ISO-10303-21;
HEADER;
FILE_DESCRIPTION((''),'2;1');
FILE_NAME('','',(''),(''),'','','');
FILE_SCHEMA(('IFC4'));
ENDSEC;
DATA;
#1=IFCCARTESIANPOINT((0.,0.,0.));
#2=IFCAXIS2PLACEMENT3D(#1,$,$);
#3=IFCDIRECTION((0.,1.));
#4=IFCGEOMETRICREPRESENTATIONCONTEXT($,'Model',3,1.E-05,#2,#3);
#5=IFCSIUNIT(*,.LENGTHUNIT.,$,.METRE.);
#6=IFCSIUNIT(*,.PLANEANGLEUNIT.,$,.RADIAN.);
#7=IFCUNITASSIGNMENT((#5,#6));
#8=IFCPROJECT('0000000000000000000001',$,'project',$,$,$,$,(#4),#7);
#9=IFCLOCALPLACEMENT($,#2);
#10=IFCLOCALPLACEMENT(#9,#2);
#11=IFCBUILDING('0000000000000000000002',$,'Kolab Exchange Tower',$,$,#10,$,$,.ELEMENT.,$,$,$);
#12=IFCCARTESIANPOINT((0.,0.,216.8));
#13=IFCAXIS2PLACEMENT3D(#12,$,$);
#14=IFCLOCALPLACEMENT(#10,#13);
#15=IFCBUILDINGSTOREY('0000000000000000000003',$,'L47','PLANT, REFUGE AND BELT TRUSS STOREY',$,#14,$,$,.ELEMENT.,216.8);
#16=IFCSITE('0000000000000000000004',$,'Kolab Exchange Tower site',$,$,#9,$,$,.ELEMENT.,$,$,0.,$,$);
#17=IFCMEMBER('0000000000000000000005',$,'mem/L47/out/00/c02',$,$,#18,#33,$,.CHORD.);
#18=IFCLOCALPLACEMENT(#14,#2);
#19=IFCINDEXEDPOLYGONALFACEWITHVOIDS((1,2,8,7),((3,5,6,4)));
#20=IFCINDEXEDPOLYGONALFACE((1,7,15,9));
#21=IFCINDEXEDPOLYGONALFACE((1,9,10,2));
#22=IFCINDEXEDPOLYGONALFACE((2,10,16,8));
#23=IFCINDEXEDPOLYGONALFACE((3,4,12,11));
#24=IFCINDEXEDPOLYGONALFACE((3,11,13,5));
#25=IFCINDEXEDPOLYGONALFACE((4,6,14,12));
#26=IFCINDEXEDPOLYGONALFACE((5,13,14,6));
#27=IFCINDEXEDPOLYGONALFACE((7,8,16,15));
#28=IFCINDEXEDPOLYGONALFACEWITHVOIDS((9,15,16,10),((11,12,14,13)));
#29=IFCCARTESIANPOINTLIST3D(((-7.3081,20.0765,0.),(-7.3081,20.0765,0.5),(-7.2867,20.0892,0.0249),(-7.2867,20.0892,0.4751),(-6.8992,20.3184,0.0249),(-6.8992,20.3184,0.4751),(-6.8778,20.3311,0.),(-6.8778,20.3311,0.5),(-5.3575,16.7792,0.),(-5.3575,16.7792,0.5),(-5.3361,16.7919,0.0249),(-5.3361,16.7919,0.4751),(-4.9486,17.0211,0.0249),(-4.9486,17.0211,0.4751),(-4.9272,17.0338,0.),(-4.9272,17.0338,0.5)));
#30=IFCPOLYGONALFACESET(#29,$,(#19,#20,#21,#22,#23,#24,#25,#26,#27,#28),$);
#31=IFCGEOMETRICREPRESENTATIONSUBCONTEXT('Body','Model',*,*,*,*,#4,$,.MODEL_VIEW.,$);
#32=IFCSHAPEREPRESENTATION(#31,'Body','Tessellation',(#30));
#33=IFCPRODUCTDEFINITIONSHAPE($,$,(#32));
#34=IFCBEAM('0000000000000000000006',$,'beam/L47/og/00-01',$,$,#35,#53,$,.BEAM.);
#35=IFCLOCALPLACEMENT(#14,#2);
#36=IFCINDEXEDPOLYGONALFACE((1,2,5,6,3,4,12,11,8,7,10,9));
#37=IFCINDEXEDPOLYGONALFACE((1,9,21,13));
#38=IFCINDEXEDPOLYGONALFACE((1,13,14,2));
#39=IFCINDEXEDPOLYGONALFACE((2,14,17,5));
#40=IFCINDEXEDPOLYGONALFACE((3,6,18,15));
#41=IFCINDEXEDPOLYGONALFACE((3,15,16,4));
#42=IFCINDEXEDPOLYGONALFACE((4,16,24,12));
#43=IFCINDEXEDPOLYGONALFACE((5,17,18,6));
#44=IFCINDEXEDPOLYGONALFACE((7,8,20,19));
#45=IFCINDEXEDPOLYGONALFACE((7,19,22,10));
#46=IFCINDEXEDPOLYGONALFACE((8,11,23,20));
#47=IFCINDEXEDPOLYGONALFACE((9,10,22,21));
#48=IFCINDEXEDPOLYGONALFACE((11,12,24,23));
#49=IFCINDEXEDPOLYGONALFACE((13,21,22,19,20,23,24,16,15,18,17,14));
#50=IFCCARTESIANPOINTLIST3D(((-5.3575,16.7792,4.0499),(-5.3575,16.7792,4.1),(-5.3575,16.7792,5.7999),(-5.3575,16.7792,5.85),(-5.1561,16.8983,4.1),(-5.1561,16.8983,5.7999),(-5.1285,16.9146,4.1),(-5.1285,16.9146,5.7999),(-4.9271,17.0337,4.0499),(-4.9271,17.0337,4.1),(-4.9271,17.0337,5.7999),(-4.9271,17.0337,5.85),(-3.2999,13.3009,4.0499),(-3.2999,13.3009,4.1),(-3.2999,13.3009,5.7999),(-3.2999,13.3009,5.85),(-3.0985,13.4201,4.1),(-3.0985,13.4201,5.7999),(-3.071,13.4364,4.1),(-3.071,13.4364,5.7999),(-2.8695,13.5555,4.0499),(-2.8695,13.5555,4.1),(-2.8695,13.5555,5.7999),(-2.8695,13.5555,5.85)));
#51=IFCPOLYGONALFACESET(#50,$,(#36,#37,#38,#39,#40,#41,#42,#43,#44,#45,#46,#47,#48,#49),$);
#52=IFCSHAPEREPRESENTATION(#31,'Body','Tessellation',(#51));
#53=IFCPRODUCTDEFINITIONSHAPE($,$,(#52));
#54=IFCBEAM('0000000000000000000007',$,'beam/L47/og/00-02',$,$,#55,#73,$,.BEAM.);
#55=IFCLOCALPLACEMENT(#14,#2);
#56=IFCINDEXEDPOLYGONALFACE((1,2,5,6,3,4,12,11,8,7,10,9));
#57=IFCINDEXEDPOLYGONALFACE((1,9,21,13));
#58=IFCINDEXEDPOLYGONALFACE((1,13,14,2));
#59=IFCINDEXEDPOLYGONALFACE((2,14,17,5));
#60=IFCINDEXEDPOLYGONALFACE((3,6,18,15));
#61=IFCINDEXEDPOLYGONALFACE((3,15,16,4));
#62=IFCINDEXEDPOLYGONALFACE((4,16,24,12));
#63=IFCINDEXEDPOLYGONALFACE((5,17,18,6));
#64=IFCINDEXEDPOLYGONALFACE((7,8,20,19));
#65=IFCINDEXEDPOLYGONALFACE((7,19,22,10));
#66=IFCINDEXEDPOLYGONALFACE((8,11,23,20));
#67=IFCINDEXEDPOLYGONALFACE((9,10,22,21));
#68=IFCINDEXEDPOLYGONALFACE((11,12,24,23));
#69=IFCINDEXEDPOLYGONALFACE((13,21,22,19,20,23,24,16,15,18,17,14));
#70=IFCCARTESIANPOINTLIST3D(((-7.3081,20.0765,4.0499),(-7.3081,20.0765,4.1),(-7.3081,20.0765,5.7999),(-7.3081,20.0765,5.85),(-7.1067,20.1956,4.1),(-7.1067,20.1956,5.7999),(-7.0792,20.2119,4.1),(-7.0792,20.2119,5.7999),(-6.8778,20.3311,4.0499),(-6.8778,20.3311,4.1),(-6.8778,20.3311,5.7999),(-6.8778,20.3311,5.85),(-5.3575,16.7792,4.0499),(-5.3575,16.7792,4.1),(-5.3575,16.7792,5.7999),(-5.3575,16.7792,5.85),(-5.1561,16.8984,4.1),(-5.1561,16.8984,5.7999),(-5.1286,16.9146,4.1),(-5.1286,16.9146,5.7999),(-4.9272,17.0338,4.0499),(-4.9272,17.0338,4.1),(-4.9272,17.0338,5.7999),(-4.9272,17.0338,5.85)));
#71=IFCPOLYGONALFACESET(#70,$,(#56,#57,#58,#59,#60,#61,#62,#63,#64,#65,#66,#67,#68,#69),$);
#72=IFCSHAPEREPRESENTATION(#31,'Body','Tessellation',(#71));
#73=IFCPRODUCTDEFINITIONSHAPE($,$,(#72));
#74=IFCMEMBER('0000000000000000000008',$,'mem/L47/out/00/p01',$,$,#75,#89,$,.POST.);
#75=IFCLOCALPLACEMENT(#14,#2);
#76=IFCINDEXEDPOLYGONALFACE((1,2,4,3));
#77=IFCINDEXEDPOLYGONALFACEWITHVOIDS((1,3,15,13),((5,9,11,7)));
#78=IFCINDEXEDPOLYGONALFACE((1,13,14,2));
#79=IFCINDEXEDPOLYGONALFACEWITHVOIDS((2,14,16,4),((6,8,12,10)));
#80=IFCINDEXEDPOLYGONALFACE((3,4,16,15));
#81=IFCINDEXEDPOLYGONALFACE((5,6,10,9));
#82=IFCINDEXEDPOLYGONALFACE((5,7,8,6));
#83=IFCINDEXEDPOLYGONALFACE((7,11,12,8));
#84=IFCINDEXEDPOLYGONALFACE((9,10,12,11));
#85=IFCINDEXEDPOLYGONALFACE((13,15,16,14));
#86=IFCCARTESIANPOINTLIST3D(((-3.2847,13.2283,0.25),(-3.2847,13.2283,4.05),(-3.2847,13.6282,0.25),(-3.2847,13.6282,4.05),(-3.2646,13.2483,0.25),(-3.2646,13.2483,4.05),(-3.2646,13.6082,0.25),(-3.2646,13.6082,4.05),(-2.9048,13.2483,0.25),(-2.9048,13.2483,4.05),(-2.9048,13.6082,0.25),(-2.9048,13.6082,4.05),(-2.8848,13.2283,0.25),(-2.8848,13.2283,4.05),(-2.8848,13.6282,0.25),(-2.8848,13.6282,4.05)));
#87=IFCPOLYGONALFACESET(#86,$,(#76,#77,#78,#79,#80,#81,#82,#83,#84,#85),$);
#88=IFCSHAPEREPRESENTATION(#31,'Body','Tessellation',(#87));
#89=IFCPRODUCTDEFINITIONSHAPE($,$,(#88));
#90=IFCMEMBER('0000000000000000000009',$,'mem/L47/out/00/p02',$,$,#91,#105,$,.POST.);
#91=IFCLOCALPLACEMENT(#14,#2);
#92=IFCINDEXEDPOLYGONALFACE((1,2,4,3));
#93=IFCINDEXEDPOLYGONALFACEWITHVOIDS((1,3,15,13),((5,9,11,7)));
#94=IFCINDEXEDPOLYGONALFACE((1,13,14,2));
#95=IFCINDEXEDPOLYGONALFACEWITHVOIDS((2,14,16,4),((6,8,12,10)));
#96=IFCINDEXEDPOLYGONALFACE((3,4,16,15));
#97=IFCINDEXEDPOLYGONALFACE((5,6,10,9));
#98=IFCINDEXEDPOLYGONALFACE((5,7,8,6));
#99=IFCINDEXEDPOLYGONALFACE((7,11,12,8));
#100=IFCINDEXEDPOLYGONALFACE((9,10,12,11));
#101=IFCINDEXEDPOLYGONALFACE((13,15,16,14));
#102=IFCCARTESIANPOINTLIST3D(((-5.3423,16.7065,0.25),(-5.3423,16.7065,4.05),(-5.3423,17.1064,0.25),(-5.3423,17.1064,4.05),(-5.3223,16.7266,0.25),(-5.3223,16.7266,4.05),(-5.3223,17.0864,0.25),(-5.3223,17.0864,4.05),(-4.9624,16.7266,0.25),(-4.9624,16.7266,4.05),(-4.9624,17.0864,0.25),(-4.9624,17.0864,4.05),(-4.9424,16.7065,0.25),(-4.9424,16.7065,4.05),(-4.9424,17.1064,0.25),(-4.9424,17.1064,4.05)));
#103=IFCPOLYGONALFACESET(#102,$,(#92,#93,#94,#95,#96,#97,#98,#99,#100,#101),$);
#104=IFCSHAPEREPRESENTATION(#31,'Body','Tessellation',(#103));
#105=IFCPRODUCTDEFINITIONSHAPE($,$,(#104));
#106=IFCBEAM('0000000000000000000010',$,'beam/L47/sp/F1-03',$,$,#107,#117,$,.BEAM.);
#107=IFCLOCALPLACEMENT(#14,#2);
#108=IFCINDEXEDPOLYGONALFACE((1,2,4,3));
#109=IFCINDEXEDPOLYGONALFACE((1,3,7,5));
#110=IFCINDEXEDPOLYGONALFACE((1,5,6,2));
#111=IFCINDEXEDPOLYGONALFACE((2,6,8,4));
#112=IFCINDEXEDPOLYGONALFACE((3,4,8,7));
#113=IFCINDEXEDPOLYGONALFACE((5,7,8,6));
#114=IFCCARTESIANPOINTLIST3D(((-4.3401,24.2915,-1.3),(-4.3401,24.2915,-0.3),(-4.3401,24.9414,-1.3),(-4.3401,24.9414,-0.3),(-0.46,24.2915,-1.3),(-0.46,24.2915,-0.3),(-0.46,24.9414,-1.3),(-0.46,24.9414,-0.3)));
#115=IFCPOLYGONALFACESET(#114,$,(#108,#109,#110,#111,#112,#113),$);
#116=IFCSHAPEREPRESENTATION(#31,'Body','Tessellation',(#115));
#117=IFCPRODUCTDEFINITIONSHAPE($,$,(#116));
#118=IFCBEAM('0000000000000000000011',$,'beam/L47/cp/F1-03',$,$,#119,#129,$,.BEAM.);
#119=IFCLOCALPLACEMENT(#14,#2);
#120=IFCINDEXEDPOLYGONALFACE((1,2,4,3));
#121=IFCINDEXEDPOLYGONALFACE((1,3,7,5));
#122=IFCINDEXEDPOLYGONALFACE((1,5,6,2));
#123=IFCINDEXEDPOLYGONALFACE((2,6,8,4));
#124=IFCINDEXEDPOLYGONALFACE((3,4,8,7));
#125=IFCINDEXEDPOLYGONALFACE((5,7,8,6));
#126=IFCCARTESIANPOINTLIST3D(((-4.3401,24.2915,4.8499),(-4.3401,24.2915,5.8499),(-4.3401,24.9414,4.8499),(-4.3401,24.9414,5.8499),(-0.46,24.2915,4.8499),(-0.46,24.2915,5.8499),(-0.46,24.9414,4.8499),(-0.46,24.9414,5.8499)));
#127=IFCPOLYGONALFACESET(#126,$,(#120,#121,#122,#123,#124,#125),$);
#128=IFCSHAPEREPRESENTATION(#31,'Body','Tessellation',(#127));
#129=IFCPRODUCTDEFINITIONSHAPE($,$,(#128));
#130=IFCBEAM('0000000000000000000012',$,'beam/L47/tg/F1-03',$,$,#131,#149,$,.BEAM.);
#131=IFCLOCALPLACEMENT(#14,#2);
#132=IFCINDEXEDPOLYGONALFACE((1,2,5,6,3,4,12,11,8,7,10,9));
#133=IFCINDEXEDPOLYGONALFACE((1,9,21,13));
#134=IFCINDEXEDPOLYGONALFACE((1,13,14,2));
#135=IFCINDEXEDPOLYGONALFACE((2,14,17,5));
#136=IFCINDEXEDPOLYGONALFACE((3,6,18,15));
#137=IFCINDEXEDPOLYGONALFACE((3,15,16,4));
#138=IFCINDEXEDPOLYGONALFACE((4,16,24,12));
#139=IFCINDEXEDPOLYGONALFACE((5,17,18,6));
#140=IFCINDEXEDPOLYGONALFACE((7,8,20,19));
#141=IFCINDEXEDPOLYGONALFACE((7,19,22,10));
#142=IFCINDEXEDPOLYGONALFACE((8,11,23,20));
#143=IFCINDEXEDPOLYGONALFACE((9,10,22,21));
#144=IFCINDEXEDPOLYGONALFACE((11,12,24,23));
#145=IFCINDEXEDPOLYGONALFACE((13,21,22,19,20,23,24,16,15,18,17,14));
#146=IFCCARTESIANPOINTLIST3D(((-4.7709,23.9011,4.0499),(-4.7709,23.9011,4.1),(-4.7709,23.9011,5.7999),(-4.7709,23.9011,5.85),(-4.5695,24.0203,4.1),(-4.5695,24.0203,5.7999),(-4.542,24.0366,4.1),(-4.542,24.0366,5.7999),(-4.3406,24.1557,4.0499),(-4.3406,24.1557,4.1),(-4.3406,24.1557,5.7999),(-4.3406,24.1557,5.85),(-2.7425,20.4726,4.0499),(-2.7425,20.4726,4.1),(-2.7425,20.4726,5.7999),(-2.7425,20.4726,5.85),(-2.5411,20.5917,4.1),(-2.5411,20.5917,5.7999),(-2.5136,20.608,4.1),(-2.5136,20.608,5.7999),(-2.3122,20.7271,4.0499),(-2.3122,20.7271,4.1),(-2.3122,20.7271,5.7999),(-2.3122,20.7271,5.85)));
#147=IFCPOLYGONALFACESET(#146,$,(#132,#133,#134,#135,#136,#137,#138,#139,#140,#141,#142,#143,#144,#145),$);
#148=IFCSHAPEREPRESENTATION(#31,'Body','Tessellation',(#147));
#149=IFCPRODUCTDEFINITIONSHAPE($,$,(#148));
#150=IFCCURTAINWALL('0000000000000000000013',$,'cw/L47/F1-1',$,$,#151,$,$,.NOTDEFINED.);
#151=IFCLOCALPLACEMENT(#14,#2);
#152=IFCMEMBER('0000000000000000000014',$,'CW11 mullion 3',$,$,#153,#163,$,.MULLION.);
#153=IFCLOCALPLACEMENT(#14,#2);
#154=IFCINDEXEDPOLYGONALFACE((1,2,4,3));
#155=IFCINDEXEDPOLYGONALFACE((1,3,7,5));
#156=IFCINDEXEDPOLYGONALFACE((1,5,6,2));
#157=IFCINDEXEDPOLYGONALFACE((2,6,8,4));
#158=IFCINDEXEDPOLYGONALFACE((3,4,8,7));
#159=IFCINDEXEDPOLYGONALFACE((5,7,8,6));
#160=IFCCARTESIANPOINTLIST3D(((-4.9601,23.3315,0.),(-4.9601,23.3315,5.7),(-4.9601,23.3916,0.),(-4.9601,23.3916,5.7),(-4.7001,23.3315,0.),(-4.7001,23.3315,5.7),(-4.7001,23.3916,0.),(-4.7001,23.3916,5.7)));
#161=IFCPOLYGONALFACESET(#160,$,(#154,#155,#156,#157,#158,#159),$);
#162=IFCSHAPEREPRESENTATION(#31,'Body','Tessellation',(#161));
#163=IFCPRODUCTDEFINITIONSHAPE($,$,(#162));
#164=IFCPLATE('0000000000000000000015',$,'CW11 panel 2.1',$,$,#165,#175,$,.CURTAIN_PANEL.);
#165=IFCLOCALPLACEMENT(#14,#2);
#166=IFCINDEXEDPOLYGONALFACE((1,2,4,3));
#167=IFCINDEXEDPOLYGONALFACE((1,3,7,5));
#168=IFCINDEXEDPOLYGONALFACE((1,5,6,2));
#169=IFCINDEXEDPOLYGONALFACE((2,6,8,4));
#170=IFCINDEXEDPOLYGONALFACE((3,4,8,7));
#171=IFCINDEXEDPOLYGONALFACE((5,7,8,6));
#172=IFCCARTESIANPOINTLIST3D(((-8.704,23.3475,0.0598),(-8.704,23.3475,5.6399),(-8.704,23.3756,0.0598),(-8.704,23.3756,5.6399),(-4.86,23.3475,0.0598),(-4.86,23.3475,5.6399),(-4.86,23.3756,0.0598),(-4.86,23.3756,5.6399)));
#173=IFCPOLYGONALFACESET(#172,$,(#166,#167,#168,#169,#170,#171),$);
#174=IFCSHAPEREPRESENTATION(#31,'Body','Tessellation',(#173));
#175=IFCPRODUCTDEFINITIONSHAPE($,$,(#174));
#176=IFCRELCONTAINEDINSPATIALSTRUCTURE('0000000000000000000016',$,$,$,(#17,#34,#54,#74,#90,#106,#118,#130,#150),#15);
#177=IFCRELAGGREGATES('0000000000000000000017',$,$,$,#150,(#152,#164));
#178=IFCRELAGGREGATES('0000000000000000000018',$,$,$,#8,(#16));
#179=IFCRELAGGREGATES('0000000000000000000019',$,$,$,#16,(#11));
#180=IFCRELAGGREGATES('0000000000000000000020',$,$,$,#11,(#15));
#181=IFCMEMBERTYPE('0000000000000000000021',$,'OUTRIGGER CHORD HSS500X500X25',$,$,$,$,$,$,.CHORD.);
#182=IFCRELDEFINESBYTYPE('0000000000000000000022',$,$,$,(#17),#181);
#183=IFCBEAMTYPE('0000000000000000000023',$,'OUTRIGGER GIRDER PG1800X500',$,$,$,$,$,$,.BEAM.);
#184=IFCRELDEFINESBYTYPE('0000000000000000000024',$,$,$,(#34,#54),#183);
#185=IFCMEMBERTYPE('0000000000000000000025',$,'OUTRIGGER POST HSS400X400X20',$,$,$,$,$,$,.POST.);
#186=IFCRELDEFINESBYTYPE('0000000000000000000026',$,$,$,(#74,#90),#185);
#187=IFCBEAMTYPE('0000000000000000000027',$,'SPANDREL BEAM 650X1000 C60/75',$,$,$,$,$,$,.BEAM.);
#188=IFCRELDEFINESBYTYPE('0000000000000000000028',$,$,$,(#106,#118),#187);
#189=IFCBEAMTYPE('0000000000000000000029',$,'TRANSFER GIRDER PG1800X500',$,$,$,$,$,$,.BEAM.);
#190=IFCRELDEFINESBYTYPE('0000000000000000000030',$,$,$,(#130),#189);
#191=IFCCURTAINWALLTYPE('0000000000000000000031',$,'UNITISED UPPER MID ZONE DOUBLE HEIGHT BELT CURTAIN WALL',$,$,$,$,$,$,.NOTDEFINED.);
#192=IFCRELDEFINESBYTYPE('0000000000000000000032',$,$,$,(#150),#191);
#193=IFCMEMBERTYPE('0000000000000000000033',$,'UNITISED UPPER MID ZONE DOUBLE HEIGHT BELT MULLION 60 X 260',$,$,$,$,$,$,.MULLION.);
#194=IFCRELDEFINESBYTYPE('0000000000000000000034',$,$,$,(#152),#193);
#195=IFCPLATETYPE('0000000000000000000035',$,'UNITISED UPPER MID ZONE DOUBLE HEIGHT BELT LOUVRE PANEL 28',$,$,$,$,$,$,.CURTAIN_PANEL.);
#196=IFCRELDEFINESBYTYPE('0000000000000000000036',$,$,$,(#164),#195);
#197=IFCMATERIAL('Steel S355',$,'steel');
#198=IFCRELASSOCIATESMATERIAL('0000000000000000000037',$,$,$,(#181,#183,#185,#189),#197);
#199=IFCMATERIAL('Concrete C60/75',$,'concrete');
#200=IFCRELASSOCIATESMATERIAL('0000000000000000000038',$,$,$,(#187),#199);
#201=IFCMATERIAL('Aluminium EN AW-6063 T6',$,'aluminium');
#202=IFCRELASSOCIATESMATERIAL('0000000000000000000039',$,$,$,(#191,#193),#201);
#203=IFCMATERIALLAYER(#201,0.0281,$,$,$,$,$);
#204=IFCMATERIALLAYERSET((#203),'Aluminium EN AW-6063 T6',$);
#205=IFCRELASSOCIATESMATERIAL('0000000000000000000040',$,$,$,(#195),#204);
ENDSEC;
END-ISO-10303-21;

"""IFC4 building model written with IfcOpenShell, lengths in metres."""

from ifc_helpers import new_model, si_unit, direction, frame, origin, origin_2d, place, context, subcontext, project, spatial, rectangle, hollow_rectangle, i_section, extrude, material, layer, layer_set, material_profile, profile_set, type_object, element, aggregate, save


model = new_model("IFC4")

# Units and contexts
model_context = context("Model", 3, precision=1e-05, world=origin(), true_north=direction((0.0, 1.0)))
body_context = subcontext(model_context, "Body", "Model", "MODEL_VIEW")
ifc_project = project(units=[si_unit("LENGTHUNIT", "METRE"), si_unit("PLANEANGLEUNIT", "RADIAN")], contexts=[model_context])

# Site, building, storey
site_placement = place(None, origin())
site = spatial("IfcSite", under=ifc_project, at=site_placement, Name="Kolab Exchange Tower site", CompositionType="ELEMENT", RefElevation=0.0)
building_placement = place(site_placement, origin())
building = spatial("IfcBuilding", under=site, at=building_placement, Name="Kolab Exchange Tower", CompositionType="ELEMENT")
storey_placement = place(building_placement, frame((0.0, 0.0, 216.8)))
storey = spatial("IfcBuildingStorey", under=building, at=storey_placement, Name="L47", Description="PLANT, REFUGE AND BELT TRUSS STOREY", CompositionType="ELEMENT", Elevation=216.8)

# Shared definitions
ifc_material_1 = material(Name="Concrete C60/75", Category="concrete")

# Shared definitions
ifc_material_2 = material(Name="Steel S355", Category="steel")

# Member
ifc_material_profile_1 = material_profile(ifc_material_2, hollow_rectangle(XDim=0.5, YDim=0.5, WallThickness=0.0249, at=origin_2d()), Name="HSS500X500X25")
ifc_profile_set_1 = profile_set([ifc_material_profile_1], Name="Steel S355")
member_type_1 = type_object("IfcMemberType", Name="OUTRIGGER CHORD HSS500X500X25", PredefinedType="CHORD", material=ifc_profile_set_1)
member_1_placement = place(storey_placement, frame((-5.1423, 16.9065, 0.25), z_axis=(-0.509163, 0.86067, 0.0), x_axis=(-0.86067, -0.509163, 0.0)))
element("IfcMember", 1, at=member_1_placement, inside=storey, type_object=member_type_1, Name="mem/L47/out/00/c02", PredefinedType="CHORD", context=body_context, shape_type="SweptSolid", body=[
    extrude(hollow_rectangle(XDim=0.5, YDim=0.5, WallThickness=0.0249, at=origin_2d()), origin(), (0.0, 0.0, 1.0), 3.8311),
])

# Beams
ifc_material_profile_2 = material_profile(ifc_material_2, i_section(OverallWidth=0.5, OverallDepth=1.8, WebThickness=0.032, FlangeThickness=0.05, at=origin_2d()), Name="PG1800X500")
ifc_profile_set_2 = profile_set([ifc_material_profile_2], Name="Steel S355")
beam_type_1 = type_object("IfcBeamType", Name="OUTRIGGER GIRDER PG1800X500", PredefinedType="BEAM", material=ifc_profile_set_2)
beam_1_placement = place(storey_placement, frame((-3.0847, 13.4282, 4.95), z_axis=(-0.509146, 0.86068, 0.0), x_axis=(-0.86068, -0.509146, 0.0)))
element("IfcBeam", 2, at=beam_1_placement, inside=storey, type_object=beam_type_1, Name="beam/L47/og/00-01", PredefinedType="BEAM", context=body_context, shape_type="SweptSolid", body=[
    extrude(i_section(OverallWidth=0.5, OverallDepth=1.8, WebThickness=0.032, FlangeThickness=0.05, at=origin_2d()), origin(), (0.0, 0.0, 1.0), 4.0413),
])
beam_2_placement = place(storey_placement, frame((-5.1423, 16.9065, 4.95), z_axis=(-0.509163, 0.86067, 0.0), x_axis=(-0.86067, -0.509163, 0.0)))
element("IfcBeam", 3, at=beam_2_placement, inside=storey, type_object=beam_type_1, Name="beam/L47/og/00-02", PredefinedType="BEAM", context=body_context, shape_type="SweptSolid", body=[
    extrude(i_section(OverallWidth=0.5, OverallDepth=1.8, WebThickness=0.032, FlangeThickness=0.05, at=origin_2d()), origin(), (0.0, 0.0, 1.0), 3.8311),
])

# Members
ifc_material_profile_3 = material_profile(ifc_material_2, hollow_rectangle(XDim=0.3999, YDim=0.3999, WallThickness=0.02, at=origin_2d()), Name="HSS400X400X20")
ifc_profile_set_3 = profile_set([ifc_material_profile_3], Name="Steel S355")
member_type_2 = type_object("IfcMemberType", Name="OUTRIGGER POST HSS400X400X20", PredefinedType="POST", material=ifc_profile_set_3)
for number, where, z_axis, x_axis, name in (
    (4, (-3.0847, 13.4282, 0.25), (0.0, 0.0, 1.0), (1.0, 0.0, 0.0), "mem/L47/out/00/p01"),
    (5, (-5.1423, 16.9065, 0.25), (0.0, 0.0, 1.0), (1.0, 0.0, 0.0), "mem/L47/out/00/p02"),
):
    element("IfcMember", number, at=place(storey_placement, frame(where, z_axis=z_axis, x_axis=x_axis)), inside=storey, type_object=member_type_2, Name=name, PredefinedType="POST", context=body_context, shape_type="SweptSolid", body=[
        extrude(hollow_rectangle(XDim=0.3999, YDim=0.3999, WallThickness=0.02, at=origin_2d()), origin(), (0.0, 0.0, 1.0), 3.8),
    ])

# Beams
ifc_material_profile_4 = material_profile(ifc_material_1, rectangle(XDim=0.6499, YDim=1.0, at=origin_2d()), Name="RC650X1000")
ifc_profile_set_4 = profile_set([ifc_material_profile_4], Name="Concrete C60/75")
beam_type_2 = type_object("IfcBeamType", Name="SPANDREL BEAM 650X1000 C60/75", PredefinedType="BEAM", material=ifc_profile_set_4)
for number, where, z_axis, x_axis, name in (
    (6, (-4.3401, 24.6165, -0.8), (1.0, 0.0, 0.0), (0.0, 1.0, 0.0), "beam/L47/sp/F1-03"),
    (7, (-4.3401, 24.6165, 5.3499), (1.0, 0.0, 0.0), (0.0, 1.0, 0.0), "beam/L47/cp/F1-03"),
):
    element("IfcBeam", number, at=place(storey_placement, frame(where, z_axis=z_axis, x_axis=x_axis)), inside=storey, type_object=beam_type_2, Name=name, PredefinedType="BEAM", context=body_context, shape_type="SweptSolid", body=[
        extrude(rectangle(XDim=0.6499, YDim=1.0, at=origin_2d()), origin(), (0.0, 0.0, 1.0), 3.8801),
    ])
ifc_material_profile_5 = material_profile(ifc_material_2, i_section(OverallWidth=0.5, OverallDepth=1.8, WebThickness=0.032, FlangeThickness=0.05, at=origin_2d()), Name="PG1800X500")
ifc_profile_set_5 = profile_set([ifc_material_profile_5], Name="Steel S355")
beam_type_3 = type_object("IfcBeamType", Name="TRANSFER GIRDER PG1800X500", PredefinedType="BEAM", material=ifc_profile_set_5)
beam_3_placement = place(storey_placement, frame((-2.5273, 20.5999, 4.95), z_axis=(-0.509177, 0.860662, 0.0), x_axis=(-0.860662, -0.509177, 0.0)))
element("IfcBeam", 8, at=beam_3_placement, inside=storey, type_object=beam_type_3, Name="beam/L47/tg/F1-03", PredefinedType="BEAM", context=body_context, shape_type="SweptSolid", body=[
    extrude(i_section(OverallWidth=0.5, OverallDepth=1.8, WebThickness=0.032, FlangeThickness=0.05, at=origin_2d()), origin(), (0.0, 0.0, 1.0), 3.9836),
])

# Curtain wall, member, plate
ifc_material_3 = material(Name="Aluminium EN AW-6063 T6", Category="aluminium")
curtain_wall_type = type_object("IfcCurtainWallType", Name="UNITISED UPPER MID ZONE DOUBLE HEIGHT BELT CURTAIN WALL", PredefinedType="NOTDEFINED", material=ifc_material_3)
curtain_wall_placement = place(storey_placement, origin())
curtain_wall = element("IfcCurtainWall", 9, at=curtain_wall_placement, inside=storey, type_object=curtain_wall_type, Name="cw/L47/F1-1", PredefinedType="NOTDEFINED")
ifc_material_profile_6 = material_profile(ifc_material_3, rectangle(XDim=0.0601, YDim=0.26, at=origin_2d()), Name="RECT 60X260")
ifc_profile_set_6 = profile_set([ifc_material_profile_6], Name="Aluminium EN AW-6063 T6")
member_type_3 = type_object("IfcMemberType", Name="UNITISED UPPER MID ZONE DOUBLE HEIGHT BELT MULLION 60 X 260", PredefinedType="MULLION", material=ifc_profile_set_6)
member_2_placement = place(storey_placement, frame((-4.8301, 23.3616, 0.0), z_axis=(0.0, 0.0, 1.0), x_axis=(0.0, 1.0, 0.0)))
member_2 = element("IfcMember", 10, at=member_2_placement, type_object=member_type_3, Name="CW11 mullion 3", PredefinedType="MULLION", context=body_context, shape_type="SweptSolid", body=[
    extrude(rectangle(XDim=0.0601, YDim=0.26, at=origin_2d()), origin(), (0.0, 0.0, 1.0), 5.7),
])
ifc_layer_1 = layer(ifc_material_3, 0.0281)
ifc_layer_set_1 = layer_set([ifc_layer_1], Name="Aluminium EN AW-6063 T6")
plate_type = type_object("IfcPlateType", Name="UNITISED UPPER MID ZONE DOUBLE HEIGHT BELT LOUVRE PANEL 28", PredefinedType="CURTAIN_PANEL", material=ifc_layer_set_1)
plate_placement = place(storey_placement, frame((-6.782, 23.3616, 0.0598), z_axis=(0.0, 0.0, 1.0), x_axis=(1.0, 0.0, 0.0)))
plate = element("IfcPlate", 11, at=plate_placement, type_object=plate_type, Name="CW11 panel 2.1", PredefinedType="CURTAIN_PANEL", context=body_context, shape_type="SweptSolid", body=[
    extrude(rectangle(XDim=3.844, YDim=0.0281, at=origin_2d()), origin(), (0.0, 0.0, 1.0), 5.5801),
])
aggregate(curtain_wall, [member_2, plate])

save(model, "model.ifc")
